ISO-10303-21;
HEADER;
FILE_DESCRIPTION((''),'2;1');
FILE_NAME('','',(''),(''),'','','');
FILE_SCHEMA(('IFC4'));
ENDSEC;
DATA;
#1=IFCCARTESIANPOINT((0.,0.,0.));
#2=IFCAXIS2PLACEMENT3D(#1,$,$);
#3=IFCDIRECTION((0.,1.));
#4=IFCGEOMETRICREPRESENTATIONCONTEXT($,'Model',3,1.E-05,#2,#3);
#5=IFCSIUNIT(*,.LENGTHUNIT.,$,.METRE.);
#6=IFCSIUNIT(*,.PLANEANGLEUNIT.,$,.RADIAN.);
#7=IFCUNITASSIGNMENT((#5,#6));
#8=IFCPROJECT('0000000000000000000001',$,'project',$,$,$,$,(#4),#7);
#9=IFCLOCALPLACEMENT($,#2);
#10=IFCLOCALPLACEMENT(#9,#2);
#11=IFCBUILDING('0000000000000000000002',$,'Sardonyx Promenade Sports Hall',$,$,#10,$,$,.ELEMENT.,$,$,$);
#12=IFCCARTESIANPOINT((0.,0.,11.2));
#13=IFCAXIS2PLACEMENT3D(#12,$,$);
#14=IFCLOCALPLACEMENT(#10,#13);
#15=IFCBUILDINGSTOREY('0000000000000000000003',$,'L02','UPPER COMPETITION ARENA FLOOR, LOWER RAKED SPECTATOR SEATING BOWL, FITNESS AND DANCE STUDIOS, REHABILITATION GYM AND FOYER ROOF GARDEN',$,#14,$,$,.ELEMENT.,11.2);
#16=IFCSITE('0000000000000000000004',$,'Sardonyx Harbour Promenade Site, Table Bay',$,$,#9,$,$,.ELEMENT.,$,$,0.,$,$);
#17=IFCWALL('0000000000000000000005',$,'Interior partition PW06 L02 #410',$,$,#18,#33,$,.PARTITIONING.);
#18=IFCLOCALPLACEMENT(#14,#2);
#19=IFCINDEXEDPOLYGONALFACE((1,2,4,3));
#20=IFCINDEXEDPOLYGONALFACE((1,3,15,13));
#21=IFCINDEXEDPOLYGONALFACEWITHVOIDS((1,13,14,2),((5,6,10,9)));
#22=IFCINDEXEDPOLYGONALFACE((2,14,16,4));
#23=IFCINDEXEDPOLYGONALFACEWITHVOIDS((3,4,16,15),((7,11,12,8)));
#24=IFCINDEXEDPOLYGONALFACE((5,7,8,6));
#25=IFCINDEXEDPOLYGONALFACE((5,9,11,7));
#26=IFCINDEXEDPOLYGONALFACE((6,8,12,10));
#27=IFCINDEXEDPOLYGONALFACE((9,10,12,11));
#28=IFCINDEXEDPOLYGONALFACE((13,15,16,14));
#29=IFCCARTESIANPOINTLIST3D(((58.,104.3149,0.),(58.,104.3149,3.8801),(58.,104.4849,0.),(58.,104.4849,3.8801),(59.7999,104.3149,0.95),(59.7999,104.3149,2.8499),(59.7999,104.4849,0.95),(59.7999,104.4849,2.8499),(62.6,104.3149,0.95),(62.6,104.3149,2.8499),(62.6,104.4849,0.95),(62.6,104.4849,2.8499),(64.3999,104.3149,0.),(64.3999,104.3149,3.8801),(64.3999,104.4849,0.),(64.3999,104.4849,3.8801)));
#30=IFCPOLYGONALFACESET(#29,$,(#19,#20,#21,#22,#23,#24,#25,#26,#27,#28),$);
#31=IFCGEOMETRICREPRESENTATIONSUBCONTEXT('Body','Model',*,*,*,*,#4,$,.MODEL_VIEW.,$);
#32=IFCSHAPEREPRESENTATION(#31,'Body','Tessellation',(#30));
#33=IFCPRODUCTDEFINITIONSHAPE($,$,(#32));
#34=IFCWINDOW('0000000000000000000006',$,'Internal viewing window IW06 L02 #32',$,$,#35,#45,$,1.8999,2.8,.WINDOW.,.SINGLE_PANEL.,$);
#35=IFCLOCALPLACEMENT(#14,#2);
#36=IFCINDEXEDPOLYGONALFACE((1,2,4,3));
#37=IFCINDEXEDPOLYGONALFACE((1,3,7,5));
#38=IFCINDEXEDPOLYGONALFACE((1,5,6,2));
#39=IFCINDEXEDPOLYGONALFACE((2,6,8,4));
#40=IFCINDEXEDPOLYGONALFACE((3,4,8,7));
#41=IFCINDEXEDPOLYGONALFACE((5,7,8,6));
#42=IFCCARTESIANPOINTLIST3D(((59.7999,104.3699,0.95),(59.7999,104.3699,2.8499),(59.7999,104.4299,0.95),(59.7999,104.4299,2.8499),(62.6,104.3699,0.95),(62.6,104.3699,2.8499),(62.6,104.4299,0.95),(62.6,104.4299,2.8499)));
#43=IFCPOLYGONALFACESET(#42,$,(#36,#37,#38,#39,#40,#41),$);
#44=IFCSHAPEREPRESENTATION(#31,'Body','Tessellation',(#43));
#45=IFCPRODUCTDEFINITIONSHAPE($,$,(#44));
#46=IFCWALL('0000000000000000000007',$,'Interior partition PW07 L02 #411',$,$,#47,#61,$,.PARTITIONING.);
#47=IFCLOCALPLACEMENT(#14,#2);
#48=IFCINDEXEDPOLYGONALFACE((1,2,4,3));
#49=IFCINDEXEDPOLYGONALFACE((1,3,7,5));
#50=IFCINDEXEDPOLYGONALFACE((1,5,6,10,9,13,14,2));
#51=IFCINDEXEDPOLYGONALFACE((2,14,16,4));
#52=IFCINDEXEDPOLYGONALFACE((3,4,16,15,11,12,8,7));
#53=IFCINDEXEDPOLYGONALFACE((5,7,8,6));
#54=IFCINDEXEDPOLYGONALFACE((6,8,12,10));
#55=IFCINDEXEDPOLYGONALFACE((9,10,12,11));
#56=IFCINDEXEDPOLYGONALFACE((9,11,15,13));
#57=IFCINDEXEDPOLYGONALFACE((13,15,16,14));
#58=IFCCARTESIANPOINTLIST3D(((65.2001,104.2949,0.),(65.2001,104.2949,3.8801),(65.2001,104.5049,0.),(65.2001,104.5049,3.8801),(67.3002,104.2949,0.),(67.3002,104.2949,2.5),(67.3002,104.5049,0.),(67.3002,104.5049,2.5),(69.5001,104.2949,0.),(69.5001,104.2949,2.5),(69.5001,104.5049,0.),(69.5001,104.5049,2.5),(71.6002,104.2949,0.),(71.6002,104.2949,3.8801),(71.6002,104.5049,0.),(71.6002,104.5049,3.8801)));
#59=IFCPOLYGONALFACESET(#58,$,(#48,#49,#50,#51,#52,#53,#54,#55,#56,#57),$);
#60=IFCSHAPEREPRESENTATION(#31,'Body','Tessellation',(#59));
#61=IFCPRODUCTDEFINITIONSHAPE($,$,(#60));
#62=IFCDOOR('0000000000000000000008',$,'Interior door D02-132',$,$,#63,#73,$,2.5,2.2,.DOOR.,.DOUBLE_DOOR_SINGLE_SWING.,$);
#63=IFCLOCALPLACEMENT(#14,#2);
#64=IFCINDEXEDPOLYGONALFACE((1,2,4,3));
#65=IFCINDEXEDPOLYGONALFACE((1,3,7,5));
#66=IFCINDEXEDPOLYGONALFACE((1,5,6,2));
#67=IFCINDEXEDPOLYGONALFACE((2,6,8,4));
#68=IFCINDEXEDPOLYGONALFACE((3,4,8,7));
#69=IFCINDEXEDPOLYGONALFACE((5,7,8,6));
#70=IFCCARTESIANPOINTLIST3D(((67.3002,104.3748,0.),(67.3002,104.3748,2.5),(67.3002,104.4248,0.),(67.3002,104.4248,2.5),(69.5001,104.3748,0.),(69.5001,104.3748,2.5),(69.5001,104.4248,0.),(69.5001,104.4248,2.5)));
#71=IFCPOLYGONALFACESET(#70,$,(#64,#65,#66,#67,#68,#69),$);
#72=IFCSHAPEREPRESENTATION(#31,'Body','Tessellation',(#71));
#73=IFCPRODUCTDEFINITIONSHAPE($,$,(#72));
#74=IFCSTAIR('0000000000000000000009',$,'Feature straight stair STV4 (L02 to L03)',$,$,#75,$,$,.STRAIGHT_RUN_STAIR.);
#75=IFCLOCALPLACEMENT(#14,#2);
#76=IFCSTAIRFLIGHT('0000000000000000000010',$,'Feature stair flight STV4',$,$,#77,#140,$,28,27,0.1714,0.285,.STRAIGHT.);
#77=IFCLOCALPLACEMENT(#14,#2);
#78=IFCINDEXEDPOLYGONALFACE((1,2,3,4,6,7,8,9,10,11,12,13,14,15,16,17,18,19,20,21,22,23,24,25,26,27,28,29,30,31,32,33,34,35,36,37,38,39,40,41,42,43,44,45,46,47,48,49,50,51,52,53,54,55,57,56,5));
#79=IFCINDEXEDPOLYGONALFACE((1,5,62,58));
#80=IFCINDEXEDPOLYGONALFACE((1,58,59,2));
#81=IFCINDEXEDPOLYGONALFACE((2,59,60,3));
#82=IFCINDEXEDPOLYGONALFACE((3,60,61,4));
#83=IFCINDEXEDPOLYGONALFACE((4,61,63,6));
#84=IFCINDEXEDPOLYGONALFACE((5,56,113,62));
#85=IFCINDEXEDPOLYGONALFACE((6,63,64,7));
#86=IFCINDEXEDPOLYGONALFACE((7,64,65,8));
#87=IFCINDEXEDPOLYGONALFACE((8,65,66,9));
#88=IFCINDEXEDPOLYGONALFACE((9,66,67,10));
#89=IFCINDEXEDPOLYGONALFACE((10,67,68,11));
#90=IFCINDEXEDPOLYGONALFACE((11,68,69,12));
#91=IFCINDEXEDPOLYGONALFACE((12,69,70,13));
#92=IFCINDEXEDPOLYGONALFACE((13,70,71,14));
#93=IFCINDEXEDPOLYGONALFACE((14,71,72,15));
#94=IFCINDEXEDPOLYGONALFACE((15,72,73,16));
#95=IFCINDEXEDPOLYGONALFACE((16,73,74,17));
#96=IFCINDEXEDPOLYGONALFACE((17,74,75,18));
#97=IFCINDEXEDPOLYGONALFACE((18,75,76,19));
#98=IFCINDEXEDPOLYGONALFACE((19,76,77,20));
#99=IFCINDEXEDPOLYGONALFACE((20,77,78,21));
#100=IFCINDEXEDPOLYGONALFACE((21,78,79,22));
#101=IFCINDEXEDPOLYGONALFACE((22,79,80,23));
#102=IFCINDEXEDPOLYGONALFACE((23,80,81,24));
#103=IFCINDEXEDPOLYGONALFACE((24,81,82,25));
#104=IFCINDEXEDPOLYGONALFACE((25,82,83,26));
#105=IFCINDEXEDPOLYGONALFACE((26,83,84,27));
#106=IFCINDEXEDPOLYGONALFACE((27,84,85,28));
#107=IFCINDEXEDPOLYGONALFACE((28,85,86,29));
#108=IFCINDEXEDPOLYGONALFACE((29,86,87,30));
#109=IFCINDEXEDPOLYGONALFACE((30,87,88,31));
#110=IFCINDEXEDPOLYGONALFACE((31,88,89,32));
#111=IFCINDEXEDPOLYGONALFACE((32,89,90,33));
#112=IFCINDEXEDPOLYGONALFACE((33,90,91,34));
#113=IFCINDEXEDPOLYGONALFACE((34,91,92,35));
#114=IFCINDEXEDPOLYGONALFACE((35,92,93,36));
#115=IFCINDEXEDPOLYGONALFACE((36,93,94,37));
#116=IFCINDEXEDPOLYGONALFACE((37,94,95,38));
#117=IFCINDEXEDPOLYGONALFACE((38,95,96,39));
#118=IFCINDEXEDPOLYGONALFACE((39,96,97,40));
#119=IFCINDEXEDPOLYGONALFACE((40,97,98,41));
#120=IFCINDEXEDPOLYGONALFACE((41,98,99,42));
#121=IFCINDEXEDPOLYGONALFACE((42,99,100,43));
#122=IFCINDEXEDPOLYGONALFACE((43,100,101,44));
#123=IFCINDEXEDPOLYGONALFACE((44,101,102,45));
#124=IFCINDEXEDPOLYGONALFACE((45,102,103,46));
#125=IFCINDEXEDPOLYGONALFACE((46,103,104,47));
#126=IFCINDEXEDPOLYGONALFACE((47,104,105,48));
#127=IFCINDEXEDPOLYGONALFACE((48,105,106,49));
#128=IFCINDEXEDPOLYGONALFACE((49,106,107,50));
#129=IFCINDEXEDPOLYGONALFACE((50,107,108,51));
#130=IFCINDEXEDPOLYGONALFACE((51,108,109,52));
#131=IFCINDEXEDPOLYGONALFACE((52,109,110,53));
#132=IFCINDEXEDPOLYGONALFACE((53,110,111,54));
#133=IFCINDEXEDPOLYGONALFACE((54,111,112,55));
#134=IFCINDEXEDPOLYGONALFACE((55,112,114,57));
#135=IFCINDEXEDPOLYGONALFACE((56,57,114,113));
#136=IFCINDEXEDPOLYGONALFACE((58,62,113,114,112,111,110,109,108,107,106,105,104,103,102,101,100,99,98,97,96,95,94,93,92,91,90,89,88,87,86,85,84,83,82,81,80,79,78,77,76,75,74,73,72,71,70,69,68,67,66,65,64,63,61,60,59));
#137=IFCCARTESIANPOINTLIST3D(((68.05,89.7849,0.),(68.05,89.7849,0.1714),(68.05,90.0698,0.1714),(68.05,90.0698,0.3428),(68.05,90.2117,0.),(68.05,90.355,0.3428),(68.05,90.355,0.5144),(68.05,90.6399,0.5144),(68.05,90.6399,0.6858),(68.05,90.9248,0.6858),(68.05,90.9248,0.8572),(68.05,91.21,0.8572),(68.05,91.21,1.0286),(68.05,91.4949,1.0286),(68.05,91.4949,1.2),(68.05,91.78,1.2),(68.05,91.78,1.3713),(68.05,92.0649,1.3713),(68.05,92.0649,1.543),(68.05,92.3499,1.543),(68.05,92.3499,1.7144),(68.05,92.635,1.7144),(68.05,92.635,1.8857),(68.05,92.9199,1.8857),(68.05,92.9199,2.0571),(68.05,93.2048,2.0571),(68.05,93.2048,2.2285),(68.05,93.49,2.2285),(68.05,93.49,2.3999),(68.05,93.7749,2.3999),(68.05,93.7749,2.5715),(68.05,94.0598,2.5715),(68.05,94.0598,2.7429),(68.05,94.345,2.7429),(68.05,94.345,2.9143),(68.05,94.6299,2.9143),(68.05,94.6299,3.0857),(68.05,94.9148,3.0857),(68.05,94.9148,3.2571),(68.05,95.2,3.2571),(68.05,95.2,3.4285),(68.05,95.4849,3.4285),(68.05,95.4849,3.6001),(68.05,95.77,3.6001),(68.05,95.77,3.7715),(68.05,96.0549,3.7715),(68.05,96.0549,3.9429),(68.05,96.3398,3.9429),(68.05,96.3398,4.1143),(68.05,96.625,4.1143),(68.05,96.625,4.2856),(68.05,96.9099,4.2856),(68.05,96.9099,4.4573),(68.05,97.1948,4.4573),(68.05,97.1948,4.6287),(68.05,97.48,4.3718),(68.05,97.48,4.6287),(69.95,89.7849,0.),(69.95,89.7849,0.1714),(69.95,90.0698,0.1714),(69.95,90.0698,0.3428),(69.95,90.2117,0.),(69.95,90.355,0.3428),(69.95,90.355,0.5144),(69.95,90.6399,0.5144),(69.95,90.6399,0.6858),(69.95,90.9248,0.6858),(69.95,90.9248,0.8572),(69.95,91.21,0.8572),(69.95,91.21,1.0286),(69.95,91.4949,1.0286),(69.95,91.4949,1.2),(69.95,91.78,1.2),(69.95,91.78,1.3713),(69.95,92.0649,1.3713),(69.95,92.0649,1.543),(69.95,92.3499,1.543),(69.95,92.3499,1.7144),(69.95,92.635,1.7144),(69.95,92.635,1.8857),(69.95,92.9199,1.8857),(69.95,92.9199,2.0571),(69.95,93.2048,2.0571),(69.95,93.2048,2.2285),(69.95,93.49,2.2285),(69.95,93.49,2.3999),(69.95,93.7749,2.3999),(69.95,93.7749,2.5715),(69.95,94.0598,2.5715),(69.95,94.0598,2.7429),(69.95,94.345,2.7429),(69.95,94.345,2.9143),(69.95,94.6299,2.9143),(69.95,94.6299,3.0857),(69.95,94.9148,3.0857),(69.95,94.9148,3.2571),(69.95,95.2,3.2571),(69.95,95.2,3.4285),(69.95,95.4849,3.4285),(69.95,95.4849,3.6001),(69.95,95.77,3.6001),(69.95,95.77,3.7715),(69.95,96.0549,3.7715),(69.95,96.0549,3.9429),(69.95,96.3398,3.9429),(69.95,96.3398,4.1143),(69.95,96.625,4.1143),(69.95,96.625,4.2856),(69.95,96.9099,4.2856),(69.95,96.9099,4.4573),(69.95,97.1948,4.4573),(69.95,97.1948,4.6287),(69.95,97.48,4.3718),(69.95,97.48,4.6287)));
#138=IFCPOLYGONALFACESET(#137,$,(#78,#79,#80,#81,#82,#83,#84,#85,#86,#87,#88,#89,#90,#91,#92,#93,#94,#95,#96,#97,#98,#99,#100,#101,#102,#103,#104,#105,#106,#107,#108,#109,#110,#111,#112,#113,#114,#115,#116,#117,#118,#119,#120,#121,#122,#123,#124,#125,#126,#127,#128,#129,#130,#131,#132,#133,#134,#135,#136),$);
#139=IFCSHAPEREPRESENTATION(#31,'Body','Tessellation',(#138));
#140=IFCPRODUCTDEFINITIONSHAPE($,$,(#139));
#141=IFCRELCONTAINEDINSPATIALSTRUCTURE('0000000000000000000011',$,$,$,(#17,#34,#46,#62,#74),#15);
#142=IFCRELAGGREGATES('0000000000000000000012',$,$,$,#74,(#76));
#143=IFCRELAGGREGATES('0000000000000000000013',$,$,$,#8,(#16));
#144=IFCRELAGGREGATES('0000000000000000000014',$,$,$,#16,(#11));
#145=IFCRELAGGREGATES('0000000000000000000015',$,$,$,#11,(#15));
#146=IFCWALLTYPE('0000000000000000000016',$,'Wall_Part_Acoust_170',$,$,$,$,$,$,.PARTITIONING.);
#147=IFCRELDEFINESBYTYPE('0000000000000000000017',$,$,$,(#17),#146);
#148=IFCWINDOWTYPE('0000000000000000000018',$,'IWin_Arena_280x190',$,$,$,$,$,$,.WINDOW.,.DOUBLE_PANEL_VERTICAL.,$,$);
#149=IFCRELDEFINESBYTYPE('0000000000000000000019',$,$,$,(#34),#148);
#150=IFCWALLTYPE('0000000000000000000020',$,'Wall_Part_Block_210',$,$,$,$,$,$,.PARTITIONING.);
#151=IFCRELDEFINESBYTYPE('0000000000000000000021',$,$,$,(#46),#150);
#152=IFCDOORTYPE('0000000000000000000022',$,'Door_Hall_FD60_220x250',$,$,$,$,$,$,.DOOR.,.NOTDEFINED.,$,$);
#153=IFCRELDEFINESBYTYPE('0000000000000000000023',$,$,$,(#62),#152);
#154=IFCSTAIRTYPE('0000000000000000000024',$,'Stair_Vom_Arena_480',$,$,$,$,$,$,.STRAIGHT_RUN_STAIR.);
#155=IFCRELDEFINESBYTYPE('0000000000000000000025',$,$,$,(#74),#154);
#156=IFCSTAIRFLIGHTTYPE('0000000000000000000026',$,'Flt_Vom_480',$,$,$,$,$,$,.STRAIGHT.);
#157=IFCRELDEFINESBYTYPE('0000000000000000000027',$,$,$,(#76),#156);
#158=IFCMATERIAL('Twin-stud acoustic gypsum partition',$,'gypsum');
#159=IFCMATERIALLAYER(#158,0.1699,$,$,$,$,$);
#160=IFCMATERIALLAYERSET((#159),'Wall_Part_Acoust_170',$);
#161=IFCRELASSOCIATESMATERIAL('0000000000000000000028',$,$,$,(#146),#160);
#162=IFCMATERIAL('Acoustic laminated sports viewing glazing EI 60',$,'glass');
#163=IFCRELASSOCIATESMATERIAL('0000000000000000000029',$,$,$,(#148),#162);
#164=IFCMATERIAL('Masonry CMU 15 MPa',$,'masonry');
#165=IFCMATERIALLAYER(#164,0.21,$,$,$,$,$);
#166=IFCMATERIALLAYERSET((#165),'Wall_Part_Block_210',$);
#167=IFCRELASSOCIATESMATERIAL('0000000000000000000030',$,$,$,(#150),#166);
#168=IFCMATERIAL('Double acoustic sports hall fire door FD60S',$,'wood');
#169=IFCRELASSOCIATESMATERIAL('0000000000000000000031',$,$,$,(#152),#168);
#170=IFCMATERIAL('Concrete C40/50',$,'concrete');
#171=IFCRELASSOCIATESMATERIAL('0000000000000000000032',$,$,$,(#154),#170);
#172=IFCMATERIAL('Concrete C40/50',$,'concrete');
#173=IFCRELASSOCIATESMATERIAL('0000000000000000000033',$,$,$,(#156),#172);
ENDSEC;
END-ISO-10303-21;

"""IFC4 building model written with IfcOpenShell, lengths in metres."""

from ifc_helpers import new_model, si_unit, direction, frame, frame_2d, origin, place, context, subcontext, project, spatial, polyline, rectangle, outline, extrude, material, layer, layer_set, type_object, element, fill, aggregate, save


model = new_model("IFC4")

# Units and contexts
model_context = context("Model", 3, precision=1e-05, world=origin(), true_north=direction((0.0, 1.0)))
body_context = subcontext(model_context, "Body", "Model", "MODEL_VIEW")
ifc_project = project(units=[si_unit("LENGTHUNIT", "METRE"), si_unit("PLANEANGLEUNIT", "RADIAN")], contexts=[model_context])

# Site, building, storey
site_placement = place(None, origin())
site = spatial("IfcSite", under=ifc_project, at=site_placement, Name="Sardonyx Harbour Promenade Site, Table Bay", CompositionType="ELEMENT", RefElevation=0.0)
building_placement = place(site_placement, origin())
building = spatial("IfcBuilding", under=site, at=building_placement, Name="Sardonyx Promenade Sports Hall", CompositionType="ELEMENT")
storey_placement = place(building_placement, frame((0.0, 0.0, 11.2)))
storey = spatial("IfcBuildingStorey", under=building, at=storey_placement, Name="L02", Description="UPPER COMPETITION ARENA FLOOR, LOWER RAKED SPECTATOR SEATING BOWL, FITNESS AND DANCE STUDIOS, REHABILITATION GYM AND FOYER ROOF GARDEN", CompositionType="ELEMENT", Elevation=11.2)

# Wall, opening, window
ifc_material_1 = material(Name="Twin-stud acoustic gypsum partition", Category="gypsum")
ifc_layer_1 = layer(ifc_material_1, 0.1699)
ifc_layer_set_1 = layer_set([ifc_layer_1], Name="Wall_Part_Acoust_170")
wall_type_1 = type_object("IfcWallType", Name="Wall_Part_Acoust_170", PredefinedType="PARTITIONING", material=ifc_layer_set_1)
wall_1_placement = place(storey_placement, frame((58.0, 104.3999, 0.0), z_axis=(0.0, 0.0, 1.0), x_axis=(1.0, 0.0, 0.0)))
wall_1 = element("IfcWall", 1, at=wall_1_placement, inside=storey, type_object=wall_type_1, Name="Interior partition PW06 L02 #410", PredefinedType="PARTITIONING", context=body_context, shape_type="SweptSolid", body=[
    extrude(rectangle(XDim=6.3999, YDim=0.1699, at=frame_2d((3.2, 0.0))), origin(), (0.0, 0.0, 1.0), 3.8801),
])
opening_1_placement = place(wall_1_placement, frame((1.8, 0.0, 0.95)))
opening_1 = element("IfcOpeningElement", 2, at=opening_1_placement, cuts=wall_1, PredefinedType="OPENING", context=body_context, shape_type="SweptSolid", body=[
    extrude(rectangle(XDim=2.8, YDim=1.8999, at=frame_2d((1.3999, 0.95))), frame((0.0, 0.095, 0.0), z_axis=(0.0, -1.0, 0.0), x_axis=(1.0, 0.0, 0.0)), (0.0, 0.0, 1.0), 0.19),
])
ifc_material_2 = material(Name="Acoustic laminated sports viewing glazing EI 60", Category="glass")
window_type = type_object("IfcWindowType", Name="IWin_Arena_280x190", PartitioningType="DOUBLE_PANEL_VERTICAL", PredefinedType="WINDOW", material=ifc_material_2)
window_placement = place(opening_1_placement, origin())
window = element("IfcWindow", 3, at=window_placement, inside=storey, type_object=window_type, Name="Internal viewing window IW06 L02 #32", OverallHeight=1.8999, OverallWidth=2.8, PartitioningType="SINGLE_PANEL", PredefinedType="WINDOW", context=body_context, shape_type="SweptSolid", body=[
    extrude(rectangle(XDim=2.8, YDim=1.8999, at=frame_2d((1.3999, 0.95))), frame((0.0, 0.03, 0.0), z_axis=(0.0, -1.0, 0.0), x_axis=(1.0, 0.0, 0.0)), (0.0, 0.0, 1.0), 0.0601),
])
fill(opening_1, window)

# Wall, opening, door
ifc_material_3 = material(Name="Masonry CMU 15 MPa", Category="masonry")
ifc_layer_2 = layer(ifc_material_3, 0.21)
ifc_layer_set_2 = layer_set([ifc_layer_2], Name="Wall_Part_Block_210")
wall_type_2 = type_object("IfcWallType", Name="Wall_Part_Block_210", PredefinedType="PARTITIONING", material=ifc_layer_set_2)
wall_2_placement = place(storey_placement, frame((65.2, 104.3999, 0.0), z_axis=(0.0, 0.0, 1.0), x_axis=(1.0, 0.0, 0.0)))
wall_2 = element("IfcWall", 4, at=wall_2_placement, inside=storey, type_object=wall_type_2, Name="Interior partition PW07 L02 #411", PredefinedType="PARTITIONING", context=body_context, shape_type="SweptSolid", body=[
    extrude(rectangle(XDim=6.4001, YDim=0.21, at=frame_2d((3.2002, 0.0))), origin(), (0.0, 0.0, 1.0), 3.8801),
])
opening_2_placement = place(wall_2_placement, frame((2.1001, 0.0, 0.0)))
opening_2 = element("IfcOpeningElement", 5, at=opening_2_placement, cuts=wall_2, PredefinedType="OPENING", context=body_context, shape_type="SweptSolid", body=[
    extrude(rectangle(XDim=2.2, YDim=2.5, at=frame_2d((1.1001, 1.25))), frame((0.0, 0.115, 0.0), z_axis=(0.0, -1.0, 0.0), x_axis=(1.0, 0.0, 0.0)), (0.0, 0.0, 1.0), 0.23),
])
ifc_material_4 = material(Name="Double acoustic sports hall fire door FD60S", Category="wood")
door_type = type_object("IfcDoorType", Name="Door_Hall_FD60_220x250", OperationType="NOTDEFINED", PredefinedType="DOOR", material=ifc_material_4)
door_placement = place(opening_2_placement, origin())
door = element("IfcDoor", 6, at=door_placement, inside=storey, type_object=door_type, Name="Interior door D02-132", OperationType="DOUBLE_DOOR_SINGLE_SWING", OverallHeight=2.5, OverallWidth=2.2, PredefinedType="DOOR", context=body_context, shape_type="SweptSolid", body=[
    extrude(rectangle(XDim=2.2, YDim=2.5, at=frame_2d((1.1001, 1.25))), frame((0.0, 0.0249, 0.0), z_axis=(0.0, -1.0, 0.0), x_axis=(1.0, 0.0, 0.0)), (0.0, 0.0, 1.0), 0.05),
])
fill(opening_2, door)

# Stair, stair flight
ifc_material_5 = material(Name="Concrete C40/50", Category="concrete")
stair_type = type_object("IfcStairType", Name="Stair_Vom_Arena_480", PredefinedType="STRAIGHT_RUN_STAIR", material=ifc_material_5)
stair_placement = place(storey_placement, origin())
stair = element("IfcStair", 7, at=stair_placement, inside=storey, type_object=stair_type, Name="Feature straight stair STV4 (L02 to L03)", PredefinedType="STRAIGHT_RUN_STAIR")
ifc_material_6 = material(Name="Concrete C40/50", Category="concrete")
stair_flight_type = type_object("IfcStairFlightType", Name="Flt_Vom_480", PredefinedType="STRAIGHT", material=ifc_material_6)
stair_flight_placement = place(storey_placement, frame((69.0, 89.7849, 0.0), z_axis=(0.0, 0.0, 1.0), x_axis=(0.0, 1.0, 0.0)))
stair_flight = element("IfcStairFlight", 8, at=stair_flight_placement, type_object=stair_flight_type, Name="Feature stair flight STV4", NumberOfRisers=28, NumberOfTreads=27, PredefinedType="STRAIGHT", RiserHeight=0.1714, TreadLength=0.285, context=body_context, shape_type="SweptSolid", body=[
    extrude(outline(polyline([(0.0, 0.0), (0.0, 0.1714), (0.2849, 0.1714), (0.2849, 0.3428), (0.5701, 0.3428), (0.5701, 0.5144), (0.855, 0.5144), (0.855, 0.6858), (1.1399, 0.6858), (1.1399, 0.8572), (1.425, 0.8572), (1.425, 1.0286), (1.71, 1.0286), (1.71, 1.2), (1.9951, 1.2), (1.9951, 1.3713), (2.28, 1.3713), (2.28, 1.543), (2.5649, 1.543), (2.5649, 1.7144), (2.8501, 1.7144), (2.8501, 1.8857), (3.135, 1.8857), (3.135, 2.0571), (3.4199, 2.0571), (3.4199, 2.2285), (3.7051, 2.2285), (3.7051, 2.3999), (3.99, 2.3999), (3.99, 2.5715), (4.2749, 2.5715), (4.2749, 2.7429), (4.5601, 2.7429), (4.5601, 2.9143), (4.845, 2.9143), (4.845, 3.0857), (5.1299, 3.0857), (5.1299, 3.2571), (5.415, 3.2571), (5.415, 3.4285), (5.7, 3.4285), (5.7, 3.6001), (5.9851, 3.6001), (5.9851, 3.7715), (6.27, 3.7715), (6.27, 3.9429), (6.5549, 3.9429), (6.5549, 4.1143), (6.8401, 4.1143), (6.8401, 4.2856), (7.125, 4.2856), (7.125, 4.4573), (7.4099, 4.4573), (7.4099, 4.6287), (7.6951, 4.6287), (7.6951, 4.8), (7.6951, 4.3718), (0.4268, 0.0), (0.0, 0.0)])), frame((0.0, 0.95, 0.0), z_axis=(0.0, -1.0, 0.0), x_axis=(1.0, 0.0, 0.0)), (0.0, 0.0, 1.0), 1.8999),
])
aggregate(stair, [stair_flight])

save(model, "model.ifc")
